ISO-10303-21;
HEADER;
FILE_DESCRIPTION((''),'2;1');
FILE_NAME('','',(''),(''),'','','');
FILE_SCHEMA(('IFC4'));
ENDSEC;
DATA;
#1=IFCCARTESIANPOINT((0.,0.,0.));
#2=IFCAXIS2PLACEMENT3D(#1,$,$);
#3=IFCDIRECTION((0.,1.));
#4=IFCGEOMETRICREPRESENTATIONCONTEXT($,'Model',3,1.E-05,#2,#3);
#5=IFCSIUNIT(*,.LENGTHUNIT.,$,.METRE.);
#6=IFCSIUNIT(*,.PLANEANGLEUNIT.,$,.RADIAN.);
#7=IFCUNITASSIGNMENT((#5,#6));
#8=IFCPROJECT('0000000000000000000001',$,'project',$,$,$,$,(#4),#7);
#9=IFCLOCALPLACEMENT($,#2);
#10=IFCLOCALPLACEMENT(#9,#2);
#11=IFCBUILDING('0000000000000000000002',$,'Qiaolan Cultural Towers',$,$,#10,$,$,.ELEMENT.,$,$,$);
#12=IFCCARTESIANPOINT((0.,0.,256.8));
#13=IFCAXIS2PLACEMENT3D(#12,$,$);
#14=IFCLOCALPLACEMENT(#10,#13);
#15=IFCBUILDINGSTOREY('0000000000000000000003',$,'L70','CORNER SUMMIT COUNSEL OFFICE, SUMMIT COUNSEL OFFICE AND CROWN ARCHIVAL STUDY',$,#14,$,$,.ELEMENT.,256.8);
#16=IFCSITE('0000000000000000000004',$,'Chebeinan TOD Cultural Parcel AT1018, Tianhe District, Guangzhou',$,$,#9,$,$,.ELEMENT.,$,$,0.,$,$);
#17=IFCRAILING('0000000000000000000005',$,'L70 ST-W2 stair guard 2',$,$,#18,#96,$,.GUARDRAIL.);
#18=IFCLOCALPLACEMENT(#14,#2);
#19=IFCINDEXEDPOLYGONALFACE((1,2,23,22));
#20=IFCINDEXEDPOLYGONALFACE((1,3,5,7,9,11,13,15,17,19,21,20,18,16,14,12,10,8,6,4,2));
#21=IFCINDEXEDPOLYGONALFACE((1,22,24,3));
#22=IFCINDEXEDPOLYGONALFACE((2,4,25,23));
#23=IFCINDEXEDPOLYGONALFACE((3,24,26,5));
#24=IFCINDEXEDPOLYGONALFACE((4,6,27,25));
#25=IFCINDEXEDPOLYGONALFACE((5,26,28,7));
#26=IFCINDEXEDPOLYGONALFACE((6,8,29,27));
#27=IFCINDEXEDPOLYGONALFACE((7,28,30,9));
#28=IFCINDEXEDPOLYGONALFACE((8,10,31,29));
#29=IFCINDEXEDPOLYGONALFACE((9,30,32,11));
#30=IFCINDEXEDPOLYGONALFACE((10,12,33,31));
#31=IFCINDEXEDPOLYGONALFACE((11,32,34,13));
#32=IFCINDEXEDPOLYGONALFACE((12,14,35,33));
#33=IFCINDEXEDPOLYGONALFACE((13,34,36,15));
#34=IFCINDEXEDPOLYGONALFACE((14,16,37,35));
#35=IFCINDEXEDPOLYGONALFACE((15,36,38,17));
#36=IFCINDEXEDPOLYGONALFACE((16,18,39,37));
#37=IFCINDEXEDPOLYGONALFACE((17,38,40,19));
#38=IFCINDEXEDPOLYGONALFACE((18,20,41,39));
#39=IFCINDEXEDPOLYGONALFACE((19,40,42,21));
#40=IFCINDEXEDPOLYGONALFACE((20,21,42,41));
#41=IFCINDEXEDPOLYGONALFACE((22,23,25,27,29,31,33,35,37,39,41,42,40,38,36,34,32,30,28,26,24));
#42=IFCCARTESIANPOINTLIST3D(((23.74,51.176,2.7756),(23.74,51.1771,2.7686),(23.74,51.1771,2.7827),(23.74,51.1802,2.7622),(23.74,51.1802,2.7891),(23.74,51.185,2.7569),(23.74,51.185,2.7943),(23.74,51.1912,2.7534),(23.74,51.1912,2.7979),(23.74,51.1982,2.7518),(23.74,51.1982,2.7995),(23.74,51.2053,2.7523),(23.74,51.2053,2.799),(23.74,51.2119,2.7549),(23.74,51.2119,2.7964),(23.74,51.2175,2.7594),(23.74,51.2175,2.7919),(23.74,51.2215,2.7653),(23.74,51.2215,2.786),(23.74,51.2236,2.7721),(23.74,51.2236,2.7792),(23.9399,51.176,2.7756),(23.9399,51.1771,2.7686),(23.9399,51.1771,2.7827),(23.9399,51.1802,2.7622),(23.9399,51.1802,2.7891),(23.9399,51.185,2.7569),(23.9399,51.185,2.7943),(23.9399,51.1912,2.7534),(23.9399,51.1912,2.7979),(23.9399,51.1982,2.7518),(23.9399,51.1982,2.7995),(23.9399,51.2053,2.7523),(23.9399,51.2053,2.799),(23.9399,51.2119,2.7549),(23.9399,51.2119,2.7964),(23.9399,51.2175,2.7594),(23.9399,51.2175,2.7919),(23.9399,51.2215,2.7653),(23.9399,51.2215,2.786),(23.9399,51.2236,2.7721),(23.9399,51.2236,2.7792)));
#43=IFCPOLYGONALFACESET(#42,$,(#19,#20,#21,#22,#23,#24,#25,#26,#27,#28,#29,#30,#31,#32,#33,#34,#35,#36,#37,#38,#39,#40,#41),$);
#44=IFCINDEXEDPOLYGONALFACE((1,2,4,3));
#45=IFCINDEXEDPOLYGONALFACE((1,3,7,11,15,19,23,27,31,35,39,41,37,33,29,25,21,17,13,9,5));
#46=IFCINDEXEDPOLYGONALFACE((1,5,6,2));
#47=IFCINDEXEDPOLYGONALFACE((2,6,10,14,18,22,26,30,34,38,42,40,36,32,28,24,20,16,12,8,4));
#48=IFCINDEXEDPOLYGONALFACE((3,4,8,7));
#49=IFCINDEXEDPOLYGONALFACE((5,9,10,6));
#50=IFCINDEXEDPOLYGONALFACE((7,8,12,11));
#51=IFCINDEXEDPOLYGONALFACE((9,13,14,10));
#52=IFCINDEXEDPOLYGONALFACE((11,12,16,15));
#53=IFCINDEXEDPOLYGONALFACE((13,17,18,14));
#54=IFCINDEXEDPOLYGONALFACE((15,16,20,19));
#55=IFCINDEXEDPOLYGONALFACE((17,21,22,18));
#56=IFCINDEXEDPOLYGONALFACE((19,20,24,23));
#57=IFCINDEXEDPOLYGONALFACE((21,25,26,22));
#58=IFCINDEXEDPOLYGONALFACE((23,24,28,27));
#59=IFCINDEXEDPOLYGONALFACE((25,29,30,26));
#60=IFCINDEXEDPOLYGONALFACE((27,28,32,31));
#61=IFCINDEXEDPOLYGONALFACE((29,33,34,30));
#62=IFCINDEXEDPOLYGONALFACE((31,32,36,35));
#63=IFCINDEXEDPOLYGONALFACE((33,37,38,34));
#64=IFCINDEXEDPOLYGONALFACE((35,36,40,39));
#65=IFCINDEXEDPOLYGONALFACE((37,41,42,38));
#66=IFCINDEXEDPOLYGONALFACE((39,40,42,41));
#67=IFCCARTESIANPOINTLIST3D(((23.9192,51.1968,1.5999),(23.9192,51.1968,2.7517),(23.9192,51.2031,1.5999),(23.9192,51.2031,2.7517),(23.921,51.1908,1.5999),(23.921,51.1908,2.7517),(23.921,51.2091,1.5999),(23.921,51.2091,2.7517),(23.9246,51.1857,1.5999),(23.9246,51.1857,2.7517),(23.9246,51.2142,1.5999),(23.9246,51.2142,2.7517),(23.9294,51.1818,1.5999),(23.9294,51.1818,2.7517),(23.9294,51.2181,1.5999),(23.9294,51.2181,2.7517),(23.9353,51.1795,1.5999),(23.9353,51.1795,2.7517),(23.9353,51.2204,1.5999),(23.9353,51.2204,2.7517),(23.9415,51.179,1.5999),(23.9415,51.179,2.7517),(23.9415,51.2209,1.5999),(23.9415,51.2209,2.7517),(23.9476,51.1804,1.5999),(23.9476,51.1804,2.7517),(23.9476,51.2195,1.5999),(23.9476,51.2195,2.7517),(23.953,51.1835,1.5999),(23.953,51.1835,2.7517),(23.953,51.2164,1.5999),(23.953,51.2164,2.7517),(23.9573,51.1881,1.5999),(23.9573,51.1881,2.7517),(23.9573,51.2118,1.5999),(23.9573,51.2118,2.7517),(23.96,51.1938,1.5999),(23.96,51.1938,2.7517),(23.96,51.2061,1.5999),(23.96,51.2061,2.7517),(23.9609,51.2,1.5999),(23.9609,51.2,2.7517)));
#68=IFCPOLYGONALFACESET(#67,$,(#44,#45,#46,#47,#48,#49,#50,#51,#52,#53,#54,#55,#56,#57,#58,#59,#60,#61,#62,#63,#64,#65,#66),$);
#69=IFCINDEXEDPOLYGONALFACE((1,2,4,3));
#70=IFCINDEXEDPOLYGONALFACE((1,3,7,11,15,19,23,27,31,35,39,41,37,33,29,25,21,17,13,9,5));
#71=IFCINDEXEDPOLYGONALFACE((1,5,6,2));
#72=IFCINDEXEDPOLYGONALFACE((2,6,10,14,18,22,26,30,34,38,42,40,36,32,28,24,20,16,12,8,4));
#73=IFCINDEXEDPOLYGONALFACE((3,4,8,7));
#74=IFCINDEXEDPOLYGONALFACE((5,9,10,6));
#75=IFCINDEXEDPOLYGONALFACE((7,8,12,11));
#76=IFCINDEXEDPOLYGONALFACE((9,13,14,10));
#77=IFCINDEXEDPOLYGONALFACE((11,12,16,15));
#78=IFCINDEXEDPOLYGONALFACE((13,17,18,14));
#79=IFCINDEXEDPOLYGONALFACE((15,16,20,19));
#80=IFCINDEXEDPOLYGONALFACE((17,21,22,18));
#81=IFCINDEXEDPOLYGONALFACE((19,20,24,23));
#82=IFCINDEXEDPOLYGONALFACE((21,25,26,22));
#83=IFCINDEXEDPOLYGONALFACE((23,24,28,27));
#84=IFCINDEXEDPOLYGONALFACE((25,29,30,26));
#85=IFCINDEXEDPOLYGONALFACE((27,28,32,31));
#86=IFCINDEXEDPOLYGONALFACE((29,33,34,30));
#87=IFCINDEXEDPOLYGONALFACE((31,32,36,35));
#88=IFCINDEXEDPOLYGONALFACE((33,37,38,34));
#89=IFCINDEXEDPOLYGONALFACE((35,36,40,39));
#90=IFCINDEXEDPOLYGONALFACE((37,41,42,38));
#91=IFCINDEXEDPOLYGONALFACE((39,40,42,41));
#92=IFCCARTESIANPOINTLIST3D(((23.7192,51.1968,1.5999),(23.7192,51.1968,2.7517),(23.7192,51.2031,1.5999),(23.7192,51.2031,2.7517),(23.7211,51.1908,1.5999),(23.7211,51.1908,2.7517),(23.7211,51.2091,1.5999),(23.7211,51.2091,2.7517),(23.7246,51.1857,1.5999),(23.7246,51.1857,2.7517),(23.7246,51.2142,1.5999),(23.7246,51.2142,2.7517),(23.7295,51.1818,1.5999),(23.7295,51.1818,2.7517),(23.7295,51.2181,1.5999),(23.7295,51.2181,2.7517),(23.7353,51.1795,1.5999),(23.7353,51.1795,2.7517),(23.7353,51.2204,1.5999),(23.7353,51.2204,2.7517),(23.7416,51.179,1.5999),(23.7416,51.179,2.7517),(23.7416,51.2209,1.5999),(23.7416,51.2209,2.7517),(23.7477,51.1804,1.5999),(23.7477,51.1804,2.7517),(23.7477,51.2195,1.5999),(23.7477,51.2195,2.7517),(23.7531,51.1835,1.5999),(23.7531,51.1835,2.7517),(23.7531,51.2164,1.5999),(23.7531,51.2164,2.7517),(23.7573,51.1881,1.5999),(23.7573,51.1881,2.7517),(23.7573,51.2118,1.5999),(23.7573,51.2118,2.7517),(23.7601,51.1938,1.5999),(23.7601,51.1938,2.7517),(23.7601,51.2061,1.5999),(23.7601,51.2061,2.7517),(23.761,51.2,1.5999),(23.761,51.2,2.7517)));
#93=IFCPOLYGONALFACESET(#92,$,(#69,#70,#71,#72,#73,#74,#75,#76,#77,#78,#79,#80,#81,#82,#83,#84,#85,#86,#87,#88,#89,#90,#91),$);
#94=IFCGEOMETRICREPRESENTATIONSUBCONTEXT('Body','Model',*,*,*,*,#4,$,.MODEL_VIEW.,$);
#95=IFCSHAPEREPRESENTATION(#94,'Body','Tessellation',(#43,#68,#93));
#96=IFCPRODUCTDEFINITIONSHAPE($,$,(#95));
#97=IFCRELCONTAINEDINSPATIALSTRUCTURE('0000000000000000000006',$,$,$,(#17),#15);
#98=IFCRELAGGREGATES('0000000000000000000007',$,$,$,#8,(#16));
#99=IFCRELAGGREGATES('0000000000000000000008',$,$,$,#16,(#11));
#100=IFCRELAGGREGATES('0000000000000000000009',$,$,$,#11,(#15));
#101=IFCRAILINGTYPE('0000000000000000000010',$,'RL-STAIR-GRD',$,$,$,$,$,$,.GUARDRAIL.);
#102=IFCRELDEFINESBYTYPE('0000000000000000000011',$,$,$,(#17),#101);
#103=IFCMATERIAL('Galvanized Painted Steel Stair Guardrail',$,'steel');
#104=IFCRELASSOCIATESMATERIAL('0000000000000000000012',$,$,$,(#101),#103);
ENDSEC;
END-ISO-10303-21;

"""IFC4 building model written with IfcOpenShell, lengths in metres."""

from ifc_helpers import new_model, si_unit, direction, frame, origin, origin_2d, place, context, subcontext, project, spatial, circle, extrude, material, type_object, element, save


model = new_model("IFC4")

# Units and contexts
model_context = context("Model", 3, precision=1e-05, world=origin(), true_north=direction((0.0, 1.0)))
body_context = subcontext(model_context, "Body", "Model", "MODEL_VIEW")
ifc_project = project(units=[si_unit("LENGTHUNIT", "METRE"), si_unit("PLANEANGLEUNIT", "RADIAN")], contexts=[model_context])

# Site, building, storey
site_placement = place(None, origin())
site = spatial("IfcSite", under=ifc_project, at=site_placement, Name="Chebeinan TOD Cultural Parcel AT1018, Tianhe District, Guangzhou", CompositionType="ELEMENT", RefElevation=0.0)
building_placement = place(site_placement, origin())
building = spatial("IfcBuilding", under=site, at=building_placement, Name="Qiaolan Cultural Towers", CompositionType="ELEMENT")
storey_placement = place(building_placement, frame((0.0, 0.0, 256.8)))
storey = spatial("IfcBuildingStorey", under=building, at=storey_placement, Name="L70", Description="CORNER SUMMIT COUNSEL OFFICE, SUMMIT COUNSEL OFFICE AND CROWN ARCHIVAL STUDY", CompositionType="ELEMENT", Elevation=256.8)

# Railing
ifc_material_1 = material(Name="Galvanized Painted Steel Stair Guardrail", Category="steel")
railing_type_1 = type_object("IfcRailingType", Name="RL-STAIR-GRD", PredefinedType="GUARDRAIL", material=ifc_material_1)
railing_1_placement = place(storey_placement, frame((23.9399, 51.2, 1.5999)))
element("IfcRailing", 1, at=railing_1_placement, inside=storey, type_object=railing_type_1, Name="L70 ST-W2 stair guard 2", PredefinedType="GUARDRAIL", context=body_context, shape_type="SweptSolid", body=[
    extrude(circle(Radius=0.0239, at=origin_2d()), frame((0.0, 0.0, 1.1758), z_axis=(-1.0, 0.0, 0.0), x_axis=(0.0, -1.0, 0.0)), (0.0, 0.0, 1.0), 0.2),
    extrude(circle(Radius=0.021, at=origin_2d()), origin(), (0.0, 0.0, 1.0), 1.1519),
    extrude(circle(Radius=0.021, at=origin_2d()), frame((-0.2, 0.0, 0.0)), (0.0, 0.0, 1.0), 1.1519),
])

save(model, "model.ifc")
